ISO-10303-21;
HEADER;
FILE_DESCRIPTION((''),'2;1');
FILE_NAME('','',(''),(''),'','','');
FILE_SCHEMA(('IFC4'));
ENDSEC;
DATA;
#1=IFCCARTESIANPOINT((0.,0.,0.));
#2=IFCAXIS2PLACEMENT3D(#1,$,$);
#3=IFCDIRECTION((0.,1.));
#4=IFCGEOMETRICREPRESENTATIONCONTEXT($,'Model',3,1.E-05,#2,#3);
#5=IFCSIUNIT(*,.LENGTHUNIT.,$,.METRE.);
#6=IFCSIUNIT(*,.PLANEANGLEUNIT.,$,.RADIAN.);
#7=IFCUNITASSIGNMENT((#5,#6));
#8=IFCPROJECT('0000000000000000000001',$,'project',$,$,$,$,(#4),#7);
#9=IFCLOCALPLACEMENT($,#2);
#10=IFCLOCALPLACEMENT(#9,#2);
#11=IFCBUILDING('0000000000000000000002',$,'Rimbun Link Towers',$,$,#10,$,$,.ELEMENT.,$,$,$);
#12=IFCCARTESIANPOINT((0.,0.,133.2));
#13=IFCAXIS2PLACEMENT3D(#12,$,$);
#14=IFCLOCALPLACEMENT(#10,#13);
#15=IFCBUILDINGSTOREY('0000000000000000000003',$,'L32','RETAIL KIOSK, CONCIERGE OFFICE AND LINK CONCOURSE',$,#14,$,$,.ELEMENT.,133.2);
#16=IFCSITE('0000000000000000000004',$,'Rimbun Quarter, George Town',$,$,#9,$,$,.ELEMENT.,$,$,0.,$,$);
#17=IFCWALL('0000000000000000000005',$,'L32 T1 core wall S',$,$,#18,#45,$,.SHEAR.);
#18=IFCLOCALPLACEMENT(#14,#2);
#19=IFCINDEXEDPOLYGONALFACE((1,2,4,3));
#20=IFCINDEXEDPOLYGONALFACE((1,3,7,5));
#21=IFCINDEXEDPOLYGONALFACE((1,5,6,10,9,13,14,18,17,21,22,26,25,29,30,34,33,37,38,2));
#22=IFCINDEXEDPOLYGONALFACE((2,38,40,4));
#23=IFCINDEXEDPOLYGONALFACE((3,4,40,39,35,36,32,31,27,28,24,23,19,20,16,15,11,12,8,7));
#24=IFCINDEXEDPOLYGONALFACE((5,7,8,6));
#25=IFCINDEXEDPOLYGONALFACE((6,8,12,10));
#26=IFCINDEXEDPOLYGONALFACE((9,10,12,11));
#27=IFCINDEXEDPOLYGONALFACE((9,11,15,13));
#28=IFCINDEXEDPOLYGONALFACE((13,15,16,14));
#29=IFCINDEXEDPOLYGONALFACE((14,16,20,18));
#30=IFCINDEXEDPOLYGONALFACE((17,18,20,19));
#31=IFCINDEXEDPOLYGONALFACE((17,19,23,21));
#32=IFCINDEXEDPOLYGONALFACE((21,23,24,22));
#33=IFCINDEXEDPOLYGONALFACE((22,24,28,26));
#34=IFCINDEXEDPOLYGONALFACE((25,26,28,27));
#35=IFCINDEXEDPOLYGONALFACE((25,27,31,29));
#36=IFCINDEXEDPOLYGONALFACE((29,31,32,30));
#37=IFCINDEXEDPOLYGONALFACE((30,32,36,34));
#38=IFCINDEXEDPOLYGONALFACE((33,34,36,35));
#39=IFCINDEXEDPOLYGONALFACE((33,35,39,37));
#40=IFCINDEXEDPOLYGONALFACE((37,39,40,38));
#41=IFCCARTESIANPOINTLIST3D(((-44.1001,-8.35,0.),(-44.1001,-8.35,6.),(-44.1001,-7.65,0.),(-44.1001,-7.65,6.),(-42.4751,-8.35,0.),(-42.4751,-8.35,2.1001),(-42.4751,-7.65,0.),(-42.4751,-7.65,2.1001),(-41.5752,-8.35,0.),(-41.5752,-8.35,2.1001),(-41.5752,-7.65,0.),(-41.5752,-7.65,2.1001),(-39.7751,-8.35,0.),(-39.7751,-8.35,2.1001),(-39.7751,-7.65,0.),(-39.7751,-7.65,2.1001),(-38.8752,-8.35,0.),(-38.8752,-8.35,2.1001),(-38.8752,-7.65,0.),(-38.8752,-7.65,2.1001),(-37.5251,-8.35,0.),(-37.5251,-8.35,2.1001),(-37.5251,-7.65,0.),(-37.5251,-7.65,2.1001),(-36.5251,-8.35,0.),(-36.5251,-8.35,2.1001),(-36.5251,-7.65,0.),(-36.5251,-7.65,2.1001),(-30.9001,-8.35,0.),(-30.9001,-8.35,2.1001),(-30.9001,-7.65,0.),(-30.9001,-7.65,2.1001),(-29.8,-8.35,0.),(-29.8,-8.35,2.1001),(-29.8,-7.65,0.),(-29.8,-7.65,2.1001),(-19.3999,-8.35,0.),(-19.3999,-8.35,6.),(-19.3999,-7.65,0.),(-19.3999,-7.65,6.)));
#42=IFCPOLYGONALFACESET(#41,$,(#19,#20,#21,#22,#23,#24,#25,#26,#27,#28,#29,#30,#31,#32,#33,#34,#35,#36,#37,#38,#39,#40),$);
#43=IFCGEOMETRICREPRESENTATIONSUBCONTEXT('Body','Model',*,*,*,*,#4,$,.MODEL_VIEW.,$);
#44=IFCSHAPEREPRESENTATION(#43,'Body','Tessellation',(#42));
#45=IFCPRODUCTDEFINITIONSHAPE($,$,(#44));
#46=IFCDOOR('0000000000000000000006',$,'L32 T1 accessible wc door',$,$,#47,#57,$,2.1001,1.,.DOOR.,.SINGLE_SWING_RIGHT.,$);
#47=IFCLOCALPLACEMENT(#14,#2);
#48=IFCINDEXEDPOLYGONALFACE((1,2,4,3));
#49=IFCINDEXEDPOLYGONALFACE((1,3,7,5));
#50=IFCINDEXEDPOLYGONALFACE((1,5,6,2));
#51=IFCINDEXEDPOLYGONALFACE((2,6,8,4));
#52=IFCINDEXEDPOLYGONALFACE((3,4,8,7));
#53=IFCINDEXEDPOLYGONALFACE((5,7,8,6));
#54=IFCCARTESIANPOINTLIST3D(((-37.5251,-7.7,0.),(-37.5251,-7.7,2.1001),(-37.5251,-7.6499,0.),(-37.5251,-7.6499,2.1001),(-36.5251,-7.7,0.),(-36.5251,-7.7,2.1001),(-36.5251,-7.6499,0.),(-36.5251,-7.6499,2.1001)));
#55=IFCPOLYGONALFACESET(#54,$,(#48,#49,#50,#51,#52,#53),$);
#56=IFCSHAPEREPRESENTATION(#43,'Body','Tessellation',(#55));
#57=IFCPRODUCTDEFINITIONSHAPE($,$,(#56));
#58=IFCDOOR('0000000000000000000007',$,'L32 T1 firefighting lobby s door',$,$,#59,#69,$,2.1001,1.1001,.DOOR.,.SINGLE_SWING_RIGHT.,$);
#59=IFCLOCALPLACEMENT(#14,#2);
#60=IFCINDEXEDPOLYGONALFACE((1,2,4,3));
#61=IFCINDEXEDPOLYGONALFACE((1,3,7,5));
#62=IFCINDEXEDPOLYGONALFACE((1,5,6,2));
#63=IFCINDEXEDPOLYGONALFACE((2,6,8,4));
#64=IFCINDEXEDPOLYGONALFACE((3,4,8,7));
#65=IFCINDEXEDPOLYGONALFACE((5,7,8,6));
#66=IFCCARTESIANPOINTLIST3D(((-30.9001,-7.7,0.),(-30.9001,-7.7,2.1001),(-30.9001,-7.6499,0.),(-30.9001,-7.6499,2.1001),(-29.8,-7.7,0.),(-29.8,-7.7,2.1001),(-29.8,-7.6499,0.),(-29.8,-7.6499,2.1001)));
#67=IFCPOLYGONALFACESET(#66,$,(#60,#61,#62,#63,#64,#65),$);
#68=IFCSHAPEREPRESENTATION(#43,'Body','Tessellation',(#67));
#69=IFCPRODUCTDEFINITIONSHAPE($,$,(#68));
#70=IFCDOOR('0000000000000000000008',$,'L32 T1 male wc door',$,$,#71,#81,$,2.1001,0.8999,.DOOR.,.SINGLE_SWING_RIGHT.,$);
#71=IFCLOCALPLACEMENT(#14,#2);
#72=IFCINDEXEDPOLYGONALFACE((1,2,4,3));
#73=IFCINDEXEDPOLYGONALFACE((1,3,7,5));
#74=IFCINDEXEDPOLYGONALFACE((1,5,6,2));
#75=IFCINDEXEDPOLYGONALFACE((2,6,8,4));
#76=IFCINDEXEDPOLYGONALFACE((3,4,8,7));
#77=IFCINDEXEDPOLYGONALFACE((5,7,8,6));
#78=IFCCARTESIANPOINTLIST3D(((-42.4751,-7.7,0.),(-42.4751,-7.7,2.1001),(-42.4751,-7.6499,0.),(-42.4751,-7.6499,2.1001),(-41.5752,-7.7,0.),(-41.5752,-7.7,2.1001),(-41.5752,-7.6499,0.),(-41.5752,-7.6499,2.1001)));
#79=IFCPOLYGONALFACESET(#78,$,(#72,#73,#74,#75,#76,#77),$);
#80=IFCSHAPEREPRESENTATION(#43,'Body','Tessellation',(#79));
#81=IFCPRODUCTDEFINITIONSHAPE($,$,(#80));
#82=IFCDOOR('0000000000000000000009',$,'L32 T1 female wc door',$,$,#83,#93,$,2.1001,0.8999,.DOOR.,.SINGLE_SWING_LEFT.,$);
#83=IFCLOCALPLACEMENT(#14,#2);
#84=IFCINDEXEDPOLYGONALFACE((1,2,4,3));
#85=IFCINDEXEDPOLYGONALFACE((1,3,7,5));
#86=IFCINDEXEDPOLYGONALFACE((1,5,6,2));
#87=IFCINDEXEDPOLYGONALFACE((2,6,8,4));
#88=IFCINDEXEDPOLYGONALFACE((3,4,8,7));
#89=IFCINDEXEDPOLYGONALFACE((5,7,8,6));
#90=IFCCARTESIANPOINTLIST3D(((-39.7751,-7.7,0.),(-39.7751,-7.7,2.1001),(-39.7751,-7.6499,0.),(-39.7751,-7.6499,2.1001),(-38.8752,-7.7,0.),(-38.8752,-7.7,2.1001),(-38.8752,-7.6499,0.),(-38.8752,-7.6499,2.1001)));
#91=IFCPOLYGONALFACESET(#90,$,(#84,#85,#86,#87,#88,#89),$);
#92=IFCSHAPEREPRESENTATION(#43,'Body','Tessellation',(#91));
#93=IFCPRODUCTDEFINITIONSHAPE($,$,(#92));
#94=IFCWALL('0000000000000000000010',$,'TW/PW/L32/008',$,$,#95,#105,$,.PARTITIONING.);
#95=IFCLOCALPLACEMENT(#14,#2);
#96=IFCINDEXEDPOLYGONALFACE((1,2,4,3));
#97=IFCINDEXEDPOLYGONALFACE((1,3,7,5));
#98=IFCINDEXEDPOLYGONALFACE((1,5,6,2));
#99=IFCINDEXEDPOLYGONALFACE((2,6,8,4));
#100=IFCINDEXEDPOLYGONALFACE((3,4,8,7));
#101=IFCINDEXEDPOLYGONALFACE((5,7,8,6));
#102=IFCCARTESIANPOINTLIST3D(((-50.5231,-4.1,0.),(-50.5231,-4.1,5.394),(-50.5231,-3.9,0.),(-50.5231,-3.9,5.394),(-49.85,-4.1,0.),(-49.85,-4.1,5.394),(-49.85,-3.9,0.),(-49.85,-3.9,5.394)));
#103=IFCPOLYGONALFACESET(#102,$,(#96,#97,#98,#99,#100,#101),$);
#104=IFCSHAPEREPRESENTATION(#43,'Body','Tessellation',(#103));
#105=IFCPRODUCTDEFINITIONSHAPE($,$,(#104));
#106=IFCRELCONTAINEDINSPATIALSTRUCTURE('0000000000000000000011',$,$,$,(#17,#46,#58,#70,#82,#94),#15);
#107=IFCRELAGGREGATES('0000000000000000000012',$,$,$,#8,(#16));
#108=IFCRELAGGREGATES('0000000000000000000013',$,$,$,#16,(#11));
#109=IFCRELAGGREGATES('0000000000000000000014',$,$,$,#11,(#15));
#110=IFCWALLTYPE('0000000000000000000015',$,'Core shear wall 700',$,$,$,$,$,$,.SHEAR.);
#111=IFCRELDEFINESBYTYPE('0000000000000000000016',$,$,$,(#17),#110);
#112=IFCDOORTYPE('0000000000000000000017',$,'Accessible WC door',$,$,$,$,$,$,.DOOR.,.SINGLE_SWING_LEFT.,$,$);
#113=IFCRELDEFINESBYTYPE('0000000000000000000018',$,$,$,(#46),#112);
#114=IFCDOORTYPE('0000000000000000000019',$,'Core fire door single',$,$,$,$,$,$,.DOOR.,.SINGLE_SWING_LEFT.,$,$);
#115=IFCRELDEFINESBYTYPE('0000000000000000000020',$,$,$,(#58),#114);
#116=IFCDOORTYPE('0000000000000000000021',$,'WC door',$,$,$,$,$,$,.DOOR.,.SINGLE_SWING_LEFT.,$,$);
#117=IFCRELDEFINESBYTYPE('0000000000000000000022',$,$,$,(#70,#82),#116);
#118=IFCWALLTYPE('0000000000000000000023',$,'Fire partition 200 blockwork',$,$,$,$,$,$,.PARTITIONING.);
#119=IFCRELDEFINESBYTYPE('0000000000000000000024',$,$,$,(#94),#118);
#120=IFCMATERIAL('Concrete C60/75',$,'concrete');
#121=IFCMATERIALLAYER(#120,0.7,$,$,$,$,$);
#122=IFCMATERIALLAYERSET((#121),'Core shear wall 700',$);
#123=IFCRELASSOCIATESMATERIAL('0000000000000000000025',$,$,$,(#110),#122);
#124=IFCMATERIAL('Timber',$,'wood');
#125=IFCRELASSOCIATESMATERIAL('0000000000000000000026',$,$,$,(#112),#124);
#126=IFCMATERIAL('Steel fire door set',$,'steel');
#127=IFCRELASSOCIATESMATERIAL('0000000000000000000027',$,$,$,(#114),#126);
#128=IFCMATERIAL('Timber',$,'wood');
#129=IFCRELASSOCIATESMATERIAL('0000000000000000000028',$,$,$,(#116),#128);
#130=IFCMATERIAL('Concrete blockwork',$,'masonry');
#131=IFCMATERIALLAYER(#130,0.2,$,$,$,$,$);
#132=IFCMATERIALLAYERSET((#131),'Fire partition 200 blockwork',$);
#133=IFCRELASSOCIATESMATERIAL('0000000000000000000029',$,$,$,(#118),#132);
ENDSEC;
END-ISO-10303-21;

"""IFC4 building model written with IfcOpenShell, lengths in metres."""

from ifc_helpers import new_model, si_unit, direction, frame, frame_2d, origin, place, context, subcontext, project, spatial, rectangle, extrude, material, layer, layer_set, type_object, element, fill, save


model = new_model("IFC4")

# Units and contexts
model_context = context("Model", 3, precision=1e-05, world=origin(), true_north=direction((0.0, 1.0)))
body_context = subcontext(model_context, "Body", "Model", "MODEL_VIEW")
ifc_project = project(units=[si_unit("LENGTHUNIT", "METRE"), si_unit("PLANEANGLEUNIT", "RADIAN")], contexts=[model_context])

# Site, building, storey
site_placement = place(None, origin())
site = spatial("IfcSite", under=ifc_project, at=site_placement, Name="Rimbun Quarter, George Town", CompositionType="ELEMENT", RefElevation=0.0)
building_placement = place(site_placement, origin())
building = spatial("IfcBuilding", under=site, at=building_placement, Name="Rimbun Link Towers", CompositionType="ELEMENT")
storey_placement = place(building_placement, frame((0.0, 0.0, 133.2)))
storey = spatial("IfcBuildingStorey", under=building, at=storey_placement, Name="L32", Description="RETAIL KIOSK, CONCIERGE OFFICE AND LINK CONCOURSE", CompositionType="ELEMENT", Elevation=133.2)

# Wall, openings, doors
ifc_material_1 = material(Name="Concrete C60/75", Category="concrete")
ifc_layer_1 = layer(ifc_material_1, 0.7)
ifc_layer_set_1 = layer_set([ifc_layer_1], Name="Core shear wall 700")
wall_type_1 = type_object("IfcWallType", Name="Core shear wall 700", PredefinedType="SHEAR", material=ifc_layer_set_1)
wall_1_placement = place(storey_placement, frame((-44.1001, -8.0, 0.0), z_axis=(0.0, 0.0, 1.0), x_axis=(1.0, 0.0, 0.0)))
wall_1 = element("IfcWall", 1, at=wall_1_placement, inside=storey, type_object=wall_type_1, Name="L32 T1 core wall S", PredefinedType="SHEAR", context=body_context, shape_type="SweptSolid", body=[
    extrude(rectangle(XDim=24.7002, YDim=0.7, at=frame_2d((12.3501, 0.0))), origin(), (0.0, 0.0, 1.0), 6.0),
])
opening_1_placement = place(wall_1_placement, frame((13.2, 0.0, 0.0)))
opening_1 = element("IfcOpeningElement", 2, at=opening_1_placement, cuts=wall_1, PredefinedType="OPENING", context=body_context, shape_type="SweptSolid", body=[
    extrude(rectangle(XDim=1.1001, YDim=2.1001, at=frame_2d((0.55, 1.05))), frame((0.0, 0.3599, 0.0), z_axis=(0.0, -1.0, 0.0), x_axis=(1.0, 0.0, 0.0)), (0.0, 0.0, 1.0), 0.72),
])
opening_2_placement = place(wall_1_placement, frame((1.625, 0.0, 0.0)))
opening_2 = element("IfcOpeningElement", 3, at=opening_2_placement, cuts=wall_1, PredefinedType="OPENING", context=body_context, shape_type="SweptSolid", body=[
    extrude(rectangle(XDim=0.8999, YDim=2.1001, at=frame_2d((0.45, 1.05))), frame((0.0, 0.3599, 0.0), z_axis=(0.0, -1.0, 0.0), x_axis=(1.0, 0.0, 0.0)), (0.0, 0.0, 1.0), 0.72),
])
opening_3_placement = place(wall_1_placement, frame((4.325, 0.0, 0.0)))
opening_3 = element("IfcOpeningElement", 4, at=opening_3_placement, cuts=wall_1, PredefinedType="OPENING", context=body_context, shape_type="SweptSolid", body=[
    extrude(rectangle(XDim=0.8999, YDim=2.1001, at=frame_2d((0.45, 1.05))), frame((0.0, 0.3599, 0.0), z_axis=(0.0, -1.0, 0.0), x_axis=(1.0, 0.0, 0.0)), (0.0, 0.0, 1.0), 0.72),
])
opening_4_placement = place(wall_1_placement, frame((6.575, 0.0, 0.0)))
opening_4 = element("IfcOpeningElement", 5, at=opening_4_placement, cuts=wall_1, PredefinedType="OPENING", context=body_context, shape_type="SweptSolid", body=[
    extrude(rectangle(XDim=1.0, YDim=2.1001, at=frame_2d((0.5, 1.05))), frame((0.0, 0.3599, 0.0), z_axis=(0.0, -1.0, 0.0), x_axis=(1.0, 0.0, 0.0)), (0.0, 0.0, 1.0), 0.72),
])
ifc_material_2 = material(Name="Timber", Category="wood")
door_type_1 = type_object("IfcDoorType", Name="Accessible WC door", OperationType="SINGLE_SWING_LEFT", PredefinedType="DOOR", material=ifc_material_2)
door_1_placement = place(opening_4_placement, origin())
door_1 = element("IfcDoor", 6, at=door_1_placement, inside=storey, type_object=door_type_1, Name="L32 T1 accessible wc door", OperationType="SINGLE_SWING_RIGHT", OverallHeight=2.1001, OverallWidth=1.0, PredefinedType="DOOR", context=body_context, shape_type="SweptSolid", body=[
    extrude(rectangle(XDim=1.0, YDim=2.1001, at=frame_2d((0.5, 1.05))), frame((0.0, 0.3501, 0.0), z_axis=(0.0, -1.0, 0.0), x_axis=(1.0, 0.0, 0.0)), (0.0, 0.0, 1.0), 0.05),
])
fill(opening_4, door_1)
ifc_material_3 = material(Name="Steel fire door set", Category="steel")
door_type_2 = type_object("IfcDoorType", Name="Core fire door single", OperationType="SINGLE_SWING_LEFT", PredefinedType="DOOR", material=ifc_material_3)
door_2_placement = place(opening_1_placement, origin())
door_2 = element("IfcDoor", 7, at=door_2_placement, inside=storey, type_object=door_type_2, Name="L32 T1 firefighting lobby s door", OperationType="SINGLE_SWING_RIGHT", OverallHeight=2.1001, OverallWidth=1.1001, PredefinedType="DOOR", context=body_context, shape_type="SweptSolid", body=[
    extrude(rectangle(XDim=1.1001, YDim=2.1001, at=frame_2d((0.55, 1.05))), frame((0.0, 0.3501, 0.0), z_axis=(0.0, -1.0, 0.0), x_axis=(1.0, 0.0, 0.0)), (0.0, 0.0, 1.0), 0.05),
])
fill(opening_1, door_2)
ifc_material_4 = material(Name="Timber", Category="wood")
door_type_3 = type_object("IfcDoorType", Name="WC door", OperationType="SINGLE_SWING_LEFT", PredefinedType="DOOR", material=ifc_material_4)
door_3_placement = place(opening_2_placement, origin())
door_3 = element("IfcDoor", 8, at=door_3_placement, inside=storey, type_object=door_type_3, Name="L32 T1 male wc door", OperationType="SINGLE_SWING_RIGHT", OverallHeight=2.1001, OverallWidth=0.8999, PredefinedType="DOOR", context=body_context, shape_type="SweptSolid", body=[
    extrude(rectangle(XDim=0.8999, YDim=2.1001, at=frame_2d((0.45, 1.05))), frame((0.0, 0.3501, 0.0), z_axis=(0.0, -1.0, 0.0), x_axis=(1.0, 0.0, 0.0)), (0.0, 0.0, 1.0), 0.05),
])
fill(opening_2, door_3)
door_4_placement = place(opening_3_placement, origin())
door_4 = element("IfcDoor", 9, at=door_4_placement, inside=storey, type_object=door_type_3, Name="L32 T1 female wc door", OperationType="SINGLE_SWING_LEFT", OverallHeight=2.1001, OverallWidth=0.8999, PredefinedType="DOOR", context=body_context, shape_type="SweptSolid", body=[
    extrude(rectangle(XDim=0.8999, YDim=2.1001, at=frame_2d((0.45, 1.05))), frame((0.0, 0.3501, 0.0), z_axis=(0.0, -1.0, 0.0), x_axis=(1.0, 0.0, 0.0)), (0.0, 0.0, 1.0), 0.05),
])
fill(opening_3, door_4)

# Wall
ifc_material_5 = material(Name="Concrete blockwork", Category="masonry")
ifc_layer_2 = layer(ifc_material_5, 0.2)
ifc_layer_set_2 = layer_set([ifc_layer_2], Name="Fire partition 200 blockwork")
wall_type_2 = type_object("IfcWallType", Name="Fire partition 200 blockwork", PredefinedType="PARTITIONING", material=ifc_layer_set_2)
wall_2_placement = place(storey_placement, frame((-49.8501, -4.0, 0.0), z_axis=(0.0, 0.0, 1.0), x_axis=(-1.0, 0.0, 0.0)))
element("IfcWall", 10, at=wall_2_placement, inside=storey, type_object=wall_type_2, Name="TW/PW/L32/008", PredefinedType="PARTITIONING", context=body_context, shape_type="SweptSolid", body=[
    extrude(rectangle(XDim=0.6731, YDim=0.2, at=frame_2d((0.3364, 0.0))), origin(), (0.0, 0.0, 1.0), 5.394),
])

save(model, "model.ifc")
